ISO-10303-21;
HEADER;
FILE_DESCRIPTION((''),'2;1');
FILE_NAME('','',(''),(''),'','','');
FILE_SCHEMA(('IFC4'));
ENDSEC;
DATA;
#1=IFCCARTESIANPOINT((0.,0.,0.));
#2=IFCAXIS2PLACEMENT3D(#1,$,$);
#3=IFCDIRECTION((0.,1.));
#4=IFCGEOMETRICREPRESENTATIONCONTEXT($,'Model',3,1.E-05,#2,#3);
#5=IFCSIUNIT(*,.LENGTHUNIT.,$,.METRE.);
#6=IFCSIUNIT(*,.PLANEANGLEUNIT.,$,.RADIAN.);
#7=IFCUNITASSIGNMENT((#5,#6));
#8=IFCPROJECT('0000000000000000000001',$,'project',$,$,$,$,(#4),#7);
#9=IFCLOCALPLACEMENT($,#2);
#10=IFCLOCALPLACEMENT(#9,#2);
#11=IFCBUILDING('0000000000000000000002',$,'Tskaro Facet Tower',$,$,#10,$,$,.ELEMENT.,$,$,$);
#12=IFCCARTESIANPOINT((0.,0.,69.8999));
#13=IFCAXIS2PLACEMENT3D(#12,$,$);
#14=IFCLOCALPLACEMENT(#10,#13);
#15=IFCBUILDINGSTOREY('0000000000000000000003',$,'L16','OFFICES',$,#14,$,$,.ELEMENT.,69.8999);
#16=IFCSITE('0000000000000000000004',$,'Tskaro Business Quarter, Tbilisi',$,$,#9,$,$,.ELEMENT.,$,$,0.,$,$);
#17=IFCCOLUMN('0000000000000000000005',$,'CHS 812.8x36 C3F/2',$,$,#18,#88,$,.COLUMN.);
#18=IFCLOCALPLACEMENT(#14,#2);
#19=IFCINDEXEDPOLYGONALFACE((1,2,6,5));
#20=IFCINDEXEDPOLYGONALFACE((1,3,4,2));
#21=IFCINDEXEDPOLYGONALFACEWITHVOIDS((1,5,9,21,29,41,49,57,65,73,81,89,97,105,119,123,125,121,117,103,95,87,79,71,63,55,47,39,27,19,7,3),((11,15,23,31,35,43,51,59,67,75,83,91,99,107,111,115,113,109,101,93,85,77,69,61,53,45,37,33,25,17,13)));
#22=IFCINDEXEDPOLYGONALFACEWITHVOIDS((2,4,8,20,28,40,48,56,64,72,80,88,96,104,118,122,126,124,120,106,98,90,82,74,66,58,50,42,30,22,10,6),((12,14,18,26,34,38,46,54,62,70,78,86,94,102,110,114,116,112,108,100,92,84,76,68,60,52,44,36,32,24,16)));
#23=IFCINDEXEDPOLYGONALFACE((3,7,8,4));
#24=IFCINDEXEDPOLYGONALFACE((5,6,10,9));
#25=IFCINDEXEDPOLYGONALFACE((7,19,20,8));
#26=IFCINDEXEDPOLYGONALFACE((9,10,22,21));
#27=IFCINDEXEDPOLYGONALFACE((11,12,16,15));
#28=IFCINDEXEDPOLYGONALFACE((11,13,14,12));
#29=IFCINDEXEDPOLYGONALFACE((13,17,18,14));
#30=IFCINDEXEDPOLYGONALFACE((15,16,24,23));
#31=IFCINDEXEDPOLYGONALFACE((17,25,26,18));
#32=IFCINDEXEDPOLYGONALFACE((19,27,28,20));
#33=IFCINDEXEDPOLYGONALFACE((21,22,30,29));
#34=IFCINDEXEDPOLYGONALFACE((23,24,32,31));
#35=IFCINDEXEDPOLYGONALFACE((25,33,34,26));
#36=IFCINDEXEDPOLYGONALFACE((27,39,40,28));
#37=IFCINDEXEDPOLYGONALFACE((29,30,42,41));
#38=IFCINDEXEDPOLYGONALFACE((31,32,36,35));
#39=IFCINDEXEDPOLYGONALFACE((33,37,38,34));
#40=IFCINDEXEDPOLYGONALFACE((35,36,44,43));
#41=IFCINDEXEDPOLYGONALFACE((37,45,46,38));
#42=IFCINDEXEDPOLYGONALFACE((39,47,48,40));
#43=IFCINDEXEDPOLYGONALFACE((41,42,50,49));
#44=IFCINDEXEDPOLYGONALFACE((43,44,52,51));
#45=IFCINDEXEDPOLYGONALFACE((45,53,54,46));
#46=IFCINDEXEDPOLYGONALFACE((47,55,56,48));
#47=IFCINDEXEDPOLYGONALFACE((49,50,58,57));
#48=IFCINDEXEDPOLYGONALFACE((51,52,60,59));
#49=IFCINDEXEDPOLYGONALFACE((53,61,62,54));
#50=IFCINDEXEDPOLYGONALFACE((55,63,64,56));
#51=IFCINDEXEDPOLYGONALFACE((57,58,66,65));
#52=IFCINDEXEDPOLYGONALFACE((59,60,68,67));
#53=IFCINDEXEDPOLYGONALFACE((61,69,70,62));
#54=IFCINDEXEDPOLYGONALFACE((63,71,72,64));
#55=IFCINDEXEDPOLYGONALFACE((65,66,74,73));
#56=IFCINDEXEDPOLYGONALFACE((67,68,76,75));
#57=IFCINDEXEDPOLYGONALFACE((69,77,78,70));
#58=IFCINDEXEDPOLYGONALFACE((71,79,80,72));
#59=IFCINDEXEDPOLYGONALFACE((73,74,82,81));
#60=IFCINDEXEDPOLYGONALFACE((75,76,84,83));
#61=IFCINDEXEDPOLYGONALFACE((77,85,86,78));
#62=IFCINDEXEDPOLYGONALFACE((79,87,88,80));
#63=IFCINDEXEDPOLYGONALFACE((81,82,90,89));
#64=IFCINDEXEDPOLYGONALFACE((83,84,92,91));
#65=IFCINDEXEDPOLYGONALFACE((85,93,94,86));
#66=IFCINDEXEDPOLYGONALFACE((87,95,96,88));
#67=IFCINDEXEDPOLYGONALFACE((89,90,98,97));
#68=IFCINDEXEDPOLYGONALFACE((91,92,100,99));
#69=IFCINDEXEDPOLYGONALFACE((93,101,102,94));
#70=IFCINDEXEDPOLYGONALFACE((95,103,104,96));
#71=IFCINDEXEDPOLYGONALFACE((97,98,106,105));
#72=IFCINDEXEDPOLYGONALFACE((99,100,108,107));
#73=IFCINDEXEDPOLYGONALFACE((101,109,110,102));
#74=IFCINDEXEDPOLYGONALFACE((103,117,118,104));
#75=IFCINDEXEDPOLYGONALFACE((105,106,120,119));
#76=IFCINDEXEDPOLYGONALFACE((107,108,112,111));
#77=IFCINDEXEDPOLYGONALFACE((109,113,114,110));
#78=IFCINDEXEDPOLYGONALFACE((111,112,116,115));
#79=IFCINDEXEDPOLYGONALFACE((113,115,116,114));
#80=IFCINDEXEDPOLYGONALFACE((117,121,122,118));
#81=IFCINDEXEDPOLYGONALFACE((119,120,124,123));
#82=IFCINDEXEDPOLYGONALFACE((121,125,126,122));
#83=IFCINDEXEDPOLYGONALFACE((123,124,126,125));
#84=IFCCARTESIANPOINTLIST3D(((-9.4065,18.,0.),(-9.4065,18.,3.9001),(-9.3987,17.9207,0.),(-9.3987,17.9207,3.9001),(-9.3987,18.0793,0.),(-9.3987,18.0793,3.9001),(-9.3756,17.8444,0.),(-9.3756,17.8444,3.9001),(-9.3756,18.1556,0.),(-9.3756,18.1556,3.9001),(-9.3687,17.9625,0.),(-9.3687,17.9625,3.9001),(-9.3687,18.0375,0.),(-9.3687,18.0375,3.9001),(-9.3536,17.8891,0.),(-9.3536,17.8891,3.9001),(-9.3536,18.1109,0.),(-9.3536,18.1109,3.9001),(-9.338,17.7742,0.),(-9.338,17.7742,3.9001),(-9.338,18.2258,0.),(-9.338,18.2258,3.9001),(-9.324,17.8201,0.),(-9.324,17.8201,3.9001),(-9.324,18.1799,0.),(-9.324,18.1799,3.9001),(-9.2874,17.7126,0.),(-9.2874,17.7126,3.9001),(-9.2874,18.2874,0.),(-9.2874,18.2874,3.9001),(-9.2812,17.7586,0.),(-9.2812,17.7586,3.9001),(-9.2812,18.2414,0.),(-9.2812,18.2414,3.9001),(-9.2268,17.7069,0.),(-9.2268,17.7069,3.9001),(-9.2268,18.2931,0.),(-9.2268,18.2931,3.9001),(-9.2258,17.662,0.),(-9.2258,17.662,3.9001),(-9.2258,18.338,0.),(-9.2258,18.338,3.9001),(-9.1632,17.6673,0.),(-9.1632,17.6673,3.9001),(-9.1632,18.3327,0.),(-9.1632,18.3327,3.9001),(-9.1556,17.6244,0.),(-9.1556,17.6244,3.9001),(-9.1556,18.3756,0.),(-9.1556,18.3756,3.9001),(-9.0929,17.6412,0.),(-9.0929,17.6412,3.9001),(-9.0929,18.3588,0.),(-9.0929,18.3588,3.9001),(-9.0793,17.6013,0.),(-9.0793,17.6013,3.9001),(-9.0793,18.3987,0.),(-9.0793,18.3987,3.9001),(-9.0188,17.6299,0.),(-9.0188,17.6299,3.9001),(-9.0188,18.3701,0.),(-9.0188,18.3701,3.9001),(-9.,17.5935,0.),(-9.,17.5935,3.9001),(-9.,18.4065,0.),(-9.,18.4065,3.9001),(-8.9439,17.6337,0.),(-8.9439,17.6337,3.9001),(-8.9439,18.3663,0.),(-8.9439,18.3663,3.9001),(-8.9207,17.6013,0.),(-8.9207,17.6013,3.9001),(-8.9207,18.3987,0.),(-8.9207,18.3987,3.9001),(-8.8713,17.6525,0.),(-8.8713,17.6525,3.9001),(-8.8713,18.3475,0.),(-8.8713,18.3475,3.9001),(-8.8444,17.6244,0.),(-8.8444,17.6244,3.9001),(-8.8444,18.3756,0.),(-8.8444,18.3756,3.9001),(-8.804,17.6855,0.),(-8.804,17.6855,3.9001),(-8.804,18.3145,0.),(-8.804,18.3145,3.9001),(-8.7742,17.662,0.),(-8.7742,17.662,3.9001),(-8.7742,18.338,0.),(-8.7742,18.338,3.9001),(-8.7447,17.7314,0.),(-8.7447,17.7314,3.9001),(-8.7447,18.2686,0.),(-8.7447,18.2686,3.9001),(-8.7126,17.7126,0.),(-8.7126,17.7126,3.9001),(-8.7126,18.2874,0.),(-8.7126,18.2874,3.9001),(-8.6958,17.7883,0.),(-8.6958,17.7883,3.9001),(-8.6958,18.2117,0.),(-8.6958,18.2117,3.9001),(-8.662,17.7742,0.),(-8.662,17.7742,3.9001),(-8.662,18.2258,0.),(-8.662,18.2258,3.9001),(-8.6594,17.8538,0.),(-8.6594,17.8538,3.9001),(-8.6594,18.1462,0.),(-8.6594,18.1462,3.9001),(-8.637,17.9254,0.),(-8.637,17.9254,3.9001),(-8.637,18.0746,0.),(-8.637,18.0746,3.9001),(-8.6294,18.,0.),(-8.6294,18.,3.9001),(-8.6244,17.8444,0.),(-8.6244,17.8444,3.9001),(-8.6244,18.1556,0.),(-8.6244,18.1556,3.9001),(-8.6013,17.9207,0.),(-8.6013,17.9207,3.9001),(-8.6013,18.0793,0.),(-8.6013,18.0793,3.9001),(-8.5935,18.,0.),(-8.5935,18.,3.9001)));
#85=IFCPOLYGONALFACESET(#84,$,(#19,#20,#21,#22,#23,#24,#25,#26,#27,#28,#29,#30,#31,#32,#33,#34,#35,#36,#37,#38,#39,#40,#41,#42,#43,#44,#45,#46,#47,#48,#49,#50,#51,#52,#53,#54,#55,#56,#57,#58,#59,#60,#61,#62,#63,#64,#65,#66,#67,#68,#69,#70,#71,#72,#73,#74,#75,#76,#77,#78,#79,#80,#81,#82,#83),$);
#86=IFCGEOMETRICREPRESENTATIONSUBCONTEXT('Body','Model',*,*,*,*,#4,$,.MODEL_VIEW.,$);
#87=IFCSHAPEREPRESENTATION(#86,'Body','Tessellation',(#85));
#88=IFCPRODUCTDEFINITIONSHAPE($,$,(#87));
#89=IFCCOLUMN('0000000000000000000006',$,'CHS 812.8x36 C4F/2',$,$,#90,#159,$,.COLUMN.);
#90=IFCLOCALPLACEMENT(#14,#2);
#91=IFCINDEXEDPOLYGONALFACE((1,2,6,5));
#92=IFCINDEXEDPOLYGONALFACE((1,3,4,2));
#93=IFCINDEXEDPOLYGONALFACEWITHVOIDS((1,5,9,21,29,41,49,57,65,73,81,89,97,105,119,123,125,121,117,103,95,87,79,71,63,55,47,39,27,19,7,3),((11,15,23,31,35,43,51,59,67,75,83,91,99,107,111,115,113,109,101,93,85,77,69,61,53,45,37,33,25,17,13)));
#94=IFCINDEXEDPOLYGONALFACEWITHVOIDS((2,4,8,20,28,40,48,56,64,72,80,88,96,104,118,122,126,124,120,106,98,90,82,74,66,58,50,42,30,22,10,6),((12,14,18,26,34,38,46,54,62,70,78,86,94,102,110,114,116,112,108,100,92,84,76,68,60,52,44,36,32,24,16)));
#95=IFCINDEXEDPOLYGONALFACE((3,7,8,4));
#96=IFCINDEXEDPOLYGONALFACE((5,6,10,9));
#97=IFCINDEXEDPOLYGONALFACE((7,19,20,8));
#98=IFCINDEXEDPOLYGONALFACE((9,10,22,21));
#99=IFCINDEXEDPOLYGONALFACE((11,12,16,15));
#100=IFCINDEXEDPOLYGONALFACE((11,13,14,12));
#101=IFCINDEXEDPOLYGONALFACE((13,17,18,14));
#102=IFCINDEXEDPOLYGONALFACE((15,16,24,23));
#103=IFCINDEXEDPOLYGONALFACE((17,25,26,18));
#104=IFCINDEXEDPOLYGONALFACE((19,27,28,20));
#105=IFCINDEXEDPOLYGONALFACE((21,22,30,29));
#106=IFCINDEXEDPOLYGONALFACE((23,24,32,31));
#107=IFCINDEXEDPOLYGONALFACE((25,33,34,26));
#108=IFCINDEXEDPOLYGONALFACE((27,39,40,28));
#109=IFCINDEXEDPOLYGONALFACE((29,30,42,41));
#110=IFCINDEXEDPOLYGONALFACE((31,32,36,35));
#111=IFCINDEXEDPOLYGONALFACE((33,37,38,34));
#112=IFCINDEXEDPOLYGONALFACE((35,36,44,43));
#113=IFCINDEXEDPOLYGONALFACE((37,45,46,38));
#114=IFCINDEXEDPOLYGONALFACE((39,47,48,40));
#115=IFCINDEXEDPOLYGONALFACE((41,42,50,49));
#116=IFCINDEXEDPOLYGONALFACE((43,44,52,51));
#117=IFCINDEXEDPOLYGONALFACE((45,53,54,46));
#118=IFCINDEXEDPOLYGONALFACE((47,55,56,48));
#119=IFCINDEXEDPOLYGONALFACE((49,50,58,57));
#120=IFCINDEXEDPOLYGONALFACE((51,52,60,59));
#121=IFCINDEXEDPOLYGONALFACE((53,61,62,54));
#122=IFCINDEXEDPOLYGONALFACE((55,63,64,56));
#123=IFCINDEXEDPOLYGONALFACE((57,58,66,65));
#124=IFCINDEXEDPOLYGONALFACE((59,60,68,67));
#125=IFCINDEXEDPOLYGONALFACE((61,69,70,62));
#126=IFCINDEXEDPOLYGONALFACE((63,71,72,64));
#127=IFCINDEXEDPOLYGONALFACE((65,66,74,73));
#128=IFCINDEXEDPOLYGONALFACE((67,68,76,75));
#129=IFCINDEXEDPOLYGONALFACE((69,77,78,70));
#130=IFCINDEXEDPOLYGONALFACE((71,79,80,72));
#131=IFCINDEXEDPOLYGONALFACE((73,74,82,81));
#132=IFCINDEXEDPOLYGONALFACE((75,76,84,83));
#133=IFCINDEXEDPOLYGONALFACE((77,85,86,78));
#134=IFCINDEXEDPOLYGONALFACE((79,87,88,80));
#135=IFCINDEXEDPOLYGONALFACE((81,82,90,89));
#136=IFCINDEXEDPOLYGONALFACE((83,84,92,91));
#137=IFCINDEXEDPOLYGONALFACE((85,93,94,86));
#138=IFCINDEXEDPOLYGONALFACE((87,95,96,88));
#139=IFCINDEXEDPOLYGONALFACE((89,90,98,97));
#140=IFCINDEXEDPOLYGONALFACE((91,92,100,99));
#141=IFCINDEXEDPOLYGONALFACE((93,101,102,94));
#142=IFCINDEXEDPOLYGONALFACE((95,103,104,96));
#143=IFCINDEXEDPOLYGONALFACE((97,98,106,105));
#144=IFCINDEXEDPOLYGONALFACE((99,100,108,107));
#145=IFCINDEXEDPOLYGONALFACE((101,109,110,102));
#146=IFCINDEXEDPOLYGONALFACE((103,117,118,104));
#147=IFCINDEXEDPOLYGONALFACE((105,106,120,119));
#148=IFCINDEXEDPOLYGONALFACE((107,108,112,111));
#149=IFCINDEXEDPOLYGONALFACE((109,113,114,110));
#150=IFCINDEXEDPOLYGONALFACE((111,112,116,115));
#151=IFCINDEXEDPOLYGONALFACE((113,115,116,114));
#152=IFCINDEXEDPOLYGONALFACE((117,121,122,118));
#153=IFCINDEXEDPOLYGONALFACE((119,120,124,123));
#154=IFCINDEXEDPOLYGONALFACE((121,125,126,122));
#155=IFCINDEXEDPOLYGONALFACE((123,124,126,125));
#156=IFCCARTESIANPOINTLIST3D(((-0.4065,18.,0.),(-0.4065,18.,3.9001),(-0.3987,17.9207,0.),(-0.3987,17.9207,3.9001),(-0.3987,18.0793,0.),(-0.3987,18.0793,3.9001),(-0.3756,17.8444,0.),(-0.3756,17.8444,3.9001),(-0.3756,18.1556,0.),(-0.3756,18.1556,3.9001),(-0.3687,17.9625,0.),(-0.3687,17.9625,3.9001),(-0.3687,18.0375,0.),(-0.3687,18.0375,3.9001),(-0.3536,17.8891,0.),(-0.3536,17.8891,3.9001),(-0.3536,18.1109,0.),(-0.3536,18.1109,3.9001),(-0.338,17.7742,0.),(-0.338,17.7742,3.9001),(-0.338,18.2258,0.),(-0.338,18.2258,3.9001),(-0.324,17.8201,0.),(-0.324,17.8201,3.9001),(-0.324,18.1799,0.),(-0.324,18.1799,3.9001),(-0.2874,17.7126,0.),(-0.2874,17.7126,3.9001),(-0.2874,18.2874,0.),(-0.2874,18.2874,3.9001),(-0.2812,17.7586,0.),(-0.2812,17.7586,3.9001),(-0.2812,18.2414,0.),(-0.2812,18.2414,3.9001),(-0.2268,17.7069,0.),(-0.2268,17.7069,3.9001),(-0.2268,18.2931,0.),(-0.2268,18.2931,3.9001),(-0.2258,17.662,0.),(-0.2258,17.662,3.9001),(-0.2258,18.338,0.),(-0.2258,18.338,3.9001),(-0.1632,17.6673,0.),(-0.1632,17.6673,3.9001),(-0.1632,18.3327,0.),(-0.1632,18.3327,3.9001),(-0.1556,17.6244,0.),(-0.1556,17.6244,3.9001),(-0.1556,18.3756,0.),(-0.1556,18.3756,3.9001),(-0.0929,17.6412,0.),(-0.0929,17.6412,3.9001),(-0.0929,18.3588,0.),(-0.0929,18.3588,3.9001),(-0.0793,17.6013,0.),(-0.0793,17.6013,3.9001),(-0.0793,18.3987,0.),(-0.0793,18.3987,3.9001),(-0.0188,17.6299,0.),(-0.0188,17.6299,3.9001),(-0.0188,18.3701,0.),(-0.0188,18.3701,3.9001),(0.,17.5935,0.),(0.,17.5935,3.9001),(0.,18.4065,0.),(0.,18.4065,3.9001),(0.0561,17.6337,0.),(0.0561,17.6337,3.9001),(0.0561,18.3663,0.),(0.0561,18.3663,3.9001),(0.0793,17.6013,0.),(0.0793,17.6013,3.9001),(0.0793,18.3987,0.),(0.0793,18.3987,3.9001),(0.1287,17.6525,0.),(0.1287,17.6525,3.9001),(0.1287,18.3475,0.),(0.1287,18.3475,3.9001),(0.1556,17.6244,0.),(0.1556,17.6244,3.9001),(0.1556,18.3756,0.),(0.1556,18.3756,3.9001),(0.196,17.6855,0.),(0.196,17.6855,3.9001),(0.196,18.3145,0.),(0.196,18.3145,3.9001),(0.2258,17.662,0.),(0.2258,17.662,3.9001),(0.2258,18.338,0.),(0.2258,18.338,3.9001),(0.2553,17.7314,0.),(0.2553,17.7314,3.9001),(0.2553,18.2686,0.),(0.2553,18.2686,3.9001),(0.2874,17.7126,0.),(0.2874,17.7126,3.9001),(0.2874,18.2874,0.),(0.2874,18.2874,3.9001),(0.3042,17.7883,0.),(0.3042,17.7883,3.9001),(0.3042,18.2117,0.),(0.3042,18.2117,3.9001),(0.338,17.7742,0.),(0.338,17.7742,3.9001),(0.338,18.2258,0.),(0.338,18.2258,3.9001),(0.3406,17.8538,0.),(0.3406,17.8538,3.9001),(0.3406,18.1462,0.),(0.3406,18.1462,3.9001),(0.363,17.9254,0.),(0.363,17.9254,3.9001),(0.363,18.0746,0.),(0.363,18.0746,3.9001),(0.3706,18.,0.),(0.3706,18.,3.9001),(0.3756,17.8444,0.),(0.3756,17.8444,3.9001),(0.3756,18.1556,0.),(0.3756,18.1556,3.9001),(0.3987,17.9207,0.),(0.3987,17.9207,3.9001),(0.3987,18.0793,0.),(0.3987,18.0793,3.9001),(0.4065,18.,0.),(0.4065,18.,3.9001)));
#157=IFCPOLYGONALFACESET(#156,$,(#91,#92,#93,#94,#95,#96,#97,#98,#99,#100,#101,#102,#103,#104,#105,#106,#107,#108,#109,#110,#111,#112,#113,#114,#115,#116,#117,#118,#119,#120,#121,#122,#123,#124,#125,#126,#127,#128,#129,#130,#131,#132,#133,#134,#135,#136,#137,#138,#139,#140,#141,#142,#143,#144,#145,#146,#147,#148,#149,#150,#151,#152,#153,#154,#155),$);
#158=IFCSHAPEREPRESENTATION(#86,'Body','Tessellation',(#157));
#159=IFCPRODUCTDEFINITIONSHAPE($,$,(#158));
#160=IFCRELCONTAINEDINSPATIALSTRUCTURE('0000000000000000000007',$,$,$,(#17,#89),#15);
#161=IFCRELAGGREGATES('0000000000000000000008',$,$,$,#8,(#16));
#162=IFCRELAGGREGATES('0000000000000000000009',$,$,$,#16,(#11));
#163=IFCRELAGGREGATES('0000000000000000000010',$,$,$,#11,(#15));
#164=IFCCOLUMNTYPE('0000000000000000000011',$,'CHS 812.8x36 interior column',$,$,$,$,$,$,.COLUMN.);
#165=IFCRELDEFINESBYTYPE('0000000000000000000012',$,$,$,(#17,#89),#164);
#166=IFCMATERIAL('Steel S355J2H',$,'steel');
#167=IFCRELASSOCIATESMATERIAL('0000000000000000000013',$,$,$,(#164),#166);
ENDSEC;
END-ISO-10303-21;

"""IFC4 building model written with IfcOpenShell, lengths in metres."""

from ifc_helpers import new_model, si_unit, direction, frame, origin, origin_2d, place, context, subcontext, project, spatial, hollow_circle, extrude, material, material_profile, profile_set, type_object, element, save


model = new_model("IFC4")

# Units and contexts
model_context = context("Model", 3, precision=1e-05, world=origin(), true_north=direction((0.0, 1.0)))
body_context = subcontext(model_context, "Body", "Model", "MODEL_VIEW")
ifc_project = project(units=[si_unit("LENGTHUNIT", "METRE"), si_unit("PLANEANGLEUNIT", "RADIAN")], contexts=[model_context])

# Site, building, storey
site_placement = place(None, origin())
site = spatial("IfcSite", under=ifc_project, at=site_placement, Name="Tskaro Business Quarter, Tbilisi", CompositionType="ELEMENT", RefElevation=0.0)
building_placement = place(site_placement, origin())
building = spatial("IfcBuilding", under=site, at=building_placement, Name="Tskaro Facet Tower", CompositionType="ELEMENT")
storey_placement = place(building_placement, frame((0.0, 0.0, 69.8999)))
storey = spatial("IfcBuildingStorey", under=building, at=storey_placement, Name="L16", Description="OFFICES", CompositionType="ELEMENT", Elevation=69.8999)

# Columns
ifc_material_1 = material(Name="Steel S355J2H", Category="steel")
ifc_material_profile_1 = material_profile(ifc_material_1, hollow_circle(Radius=0.4065, WallThickness=0.0359, at=origin_2d()), Name="CHS 812.8x36")
ifc_profile_set_1 = profile_set([ifc_material_profile_1], Name="Steel S355J2H")
column_type_1 = type_object("IfcColumnType", Name="CHS 812.8x36 interior column", PredefinedType="COLUMN", material=ifc_profile_set_1)
for number, where, z_axis, x_axis, name in (
    (1, (-9.0, 18.0, 0.0), (0.0, 0.0, 1.0), (1.0, 0.0, 0.0), "CHS 812.8x36 C3F/2"),
    (2, (0.0, 18.0, 0.0), (0.0, 0.0, 1.0), (1.0, 0.0, 0.0), "CHS 812.8x36 C4F/2"),
):
    element("IfcColumn", number, at=place(storey_placement, frame(where, z_axis=z_axis, x_axis=x_axis)), inside=storey, type_object=column_type_1, Name=name, PredefinedType="COLUMN", context=body_context, shape_type="SweptSolid", body=[
        extrude(hollow_circle(Radius=0.4065, WallThickness=0.0359, at=origin_2d()), origin(), (0.0, 0.0, 1.0), 3.9001),
    ])

save(model, "model.ifc")
